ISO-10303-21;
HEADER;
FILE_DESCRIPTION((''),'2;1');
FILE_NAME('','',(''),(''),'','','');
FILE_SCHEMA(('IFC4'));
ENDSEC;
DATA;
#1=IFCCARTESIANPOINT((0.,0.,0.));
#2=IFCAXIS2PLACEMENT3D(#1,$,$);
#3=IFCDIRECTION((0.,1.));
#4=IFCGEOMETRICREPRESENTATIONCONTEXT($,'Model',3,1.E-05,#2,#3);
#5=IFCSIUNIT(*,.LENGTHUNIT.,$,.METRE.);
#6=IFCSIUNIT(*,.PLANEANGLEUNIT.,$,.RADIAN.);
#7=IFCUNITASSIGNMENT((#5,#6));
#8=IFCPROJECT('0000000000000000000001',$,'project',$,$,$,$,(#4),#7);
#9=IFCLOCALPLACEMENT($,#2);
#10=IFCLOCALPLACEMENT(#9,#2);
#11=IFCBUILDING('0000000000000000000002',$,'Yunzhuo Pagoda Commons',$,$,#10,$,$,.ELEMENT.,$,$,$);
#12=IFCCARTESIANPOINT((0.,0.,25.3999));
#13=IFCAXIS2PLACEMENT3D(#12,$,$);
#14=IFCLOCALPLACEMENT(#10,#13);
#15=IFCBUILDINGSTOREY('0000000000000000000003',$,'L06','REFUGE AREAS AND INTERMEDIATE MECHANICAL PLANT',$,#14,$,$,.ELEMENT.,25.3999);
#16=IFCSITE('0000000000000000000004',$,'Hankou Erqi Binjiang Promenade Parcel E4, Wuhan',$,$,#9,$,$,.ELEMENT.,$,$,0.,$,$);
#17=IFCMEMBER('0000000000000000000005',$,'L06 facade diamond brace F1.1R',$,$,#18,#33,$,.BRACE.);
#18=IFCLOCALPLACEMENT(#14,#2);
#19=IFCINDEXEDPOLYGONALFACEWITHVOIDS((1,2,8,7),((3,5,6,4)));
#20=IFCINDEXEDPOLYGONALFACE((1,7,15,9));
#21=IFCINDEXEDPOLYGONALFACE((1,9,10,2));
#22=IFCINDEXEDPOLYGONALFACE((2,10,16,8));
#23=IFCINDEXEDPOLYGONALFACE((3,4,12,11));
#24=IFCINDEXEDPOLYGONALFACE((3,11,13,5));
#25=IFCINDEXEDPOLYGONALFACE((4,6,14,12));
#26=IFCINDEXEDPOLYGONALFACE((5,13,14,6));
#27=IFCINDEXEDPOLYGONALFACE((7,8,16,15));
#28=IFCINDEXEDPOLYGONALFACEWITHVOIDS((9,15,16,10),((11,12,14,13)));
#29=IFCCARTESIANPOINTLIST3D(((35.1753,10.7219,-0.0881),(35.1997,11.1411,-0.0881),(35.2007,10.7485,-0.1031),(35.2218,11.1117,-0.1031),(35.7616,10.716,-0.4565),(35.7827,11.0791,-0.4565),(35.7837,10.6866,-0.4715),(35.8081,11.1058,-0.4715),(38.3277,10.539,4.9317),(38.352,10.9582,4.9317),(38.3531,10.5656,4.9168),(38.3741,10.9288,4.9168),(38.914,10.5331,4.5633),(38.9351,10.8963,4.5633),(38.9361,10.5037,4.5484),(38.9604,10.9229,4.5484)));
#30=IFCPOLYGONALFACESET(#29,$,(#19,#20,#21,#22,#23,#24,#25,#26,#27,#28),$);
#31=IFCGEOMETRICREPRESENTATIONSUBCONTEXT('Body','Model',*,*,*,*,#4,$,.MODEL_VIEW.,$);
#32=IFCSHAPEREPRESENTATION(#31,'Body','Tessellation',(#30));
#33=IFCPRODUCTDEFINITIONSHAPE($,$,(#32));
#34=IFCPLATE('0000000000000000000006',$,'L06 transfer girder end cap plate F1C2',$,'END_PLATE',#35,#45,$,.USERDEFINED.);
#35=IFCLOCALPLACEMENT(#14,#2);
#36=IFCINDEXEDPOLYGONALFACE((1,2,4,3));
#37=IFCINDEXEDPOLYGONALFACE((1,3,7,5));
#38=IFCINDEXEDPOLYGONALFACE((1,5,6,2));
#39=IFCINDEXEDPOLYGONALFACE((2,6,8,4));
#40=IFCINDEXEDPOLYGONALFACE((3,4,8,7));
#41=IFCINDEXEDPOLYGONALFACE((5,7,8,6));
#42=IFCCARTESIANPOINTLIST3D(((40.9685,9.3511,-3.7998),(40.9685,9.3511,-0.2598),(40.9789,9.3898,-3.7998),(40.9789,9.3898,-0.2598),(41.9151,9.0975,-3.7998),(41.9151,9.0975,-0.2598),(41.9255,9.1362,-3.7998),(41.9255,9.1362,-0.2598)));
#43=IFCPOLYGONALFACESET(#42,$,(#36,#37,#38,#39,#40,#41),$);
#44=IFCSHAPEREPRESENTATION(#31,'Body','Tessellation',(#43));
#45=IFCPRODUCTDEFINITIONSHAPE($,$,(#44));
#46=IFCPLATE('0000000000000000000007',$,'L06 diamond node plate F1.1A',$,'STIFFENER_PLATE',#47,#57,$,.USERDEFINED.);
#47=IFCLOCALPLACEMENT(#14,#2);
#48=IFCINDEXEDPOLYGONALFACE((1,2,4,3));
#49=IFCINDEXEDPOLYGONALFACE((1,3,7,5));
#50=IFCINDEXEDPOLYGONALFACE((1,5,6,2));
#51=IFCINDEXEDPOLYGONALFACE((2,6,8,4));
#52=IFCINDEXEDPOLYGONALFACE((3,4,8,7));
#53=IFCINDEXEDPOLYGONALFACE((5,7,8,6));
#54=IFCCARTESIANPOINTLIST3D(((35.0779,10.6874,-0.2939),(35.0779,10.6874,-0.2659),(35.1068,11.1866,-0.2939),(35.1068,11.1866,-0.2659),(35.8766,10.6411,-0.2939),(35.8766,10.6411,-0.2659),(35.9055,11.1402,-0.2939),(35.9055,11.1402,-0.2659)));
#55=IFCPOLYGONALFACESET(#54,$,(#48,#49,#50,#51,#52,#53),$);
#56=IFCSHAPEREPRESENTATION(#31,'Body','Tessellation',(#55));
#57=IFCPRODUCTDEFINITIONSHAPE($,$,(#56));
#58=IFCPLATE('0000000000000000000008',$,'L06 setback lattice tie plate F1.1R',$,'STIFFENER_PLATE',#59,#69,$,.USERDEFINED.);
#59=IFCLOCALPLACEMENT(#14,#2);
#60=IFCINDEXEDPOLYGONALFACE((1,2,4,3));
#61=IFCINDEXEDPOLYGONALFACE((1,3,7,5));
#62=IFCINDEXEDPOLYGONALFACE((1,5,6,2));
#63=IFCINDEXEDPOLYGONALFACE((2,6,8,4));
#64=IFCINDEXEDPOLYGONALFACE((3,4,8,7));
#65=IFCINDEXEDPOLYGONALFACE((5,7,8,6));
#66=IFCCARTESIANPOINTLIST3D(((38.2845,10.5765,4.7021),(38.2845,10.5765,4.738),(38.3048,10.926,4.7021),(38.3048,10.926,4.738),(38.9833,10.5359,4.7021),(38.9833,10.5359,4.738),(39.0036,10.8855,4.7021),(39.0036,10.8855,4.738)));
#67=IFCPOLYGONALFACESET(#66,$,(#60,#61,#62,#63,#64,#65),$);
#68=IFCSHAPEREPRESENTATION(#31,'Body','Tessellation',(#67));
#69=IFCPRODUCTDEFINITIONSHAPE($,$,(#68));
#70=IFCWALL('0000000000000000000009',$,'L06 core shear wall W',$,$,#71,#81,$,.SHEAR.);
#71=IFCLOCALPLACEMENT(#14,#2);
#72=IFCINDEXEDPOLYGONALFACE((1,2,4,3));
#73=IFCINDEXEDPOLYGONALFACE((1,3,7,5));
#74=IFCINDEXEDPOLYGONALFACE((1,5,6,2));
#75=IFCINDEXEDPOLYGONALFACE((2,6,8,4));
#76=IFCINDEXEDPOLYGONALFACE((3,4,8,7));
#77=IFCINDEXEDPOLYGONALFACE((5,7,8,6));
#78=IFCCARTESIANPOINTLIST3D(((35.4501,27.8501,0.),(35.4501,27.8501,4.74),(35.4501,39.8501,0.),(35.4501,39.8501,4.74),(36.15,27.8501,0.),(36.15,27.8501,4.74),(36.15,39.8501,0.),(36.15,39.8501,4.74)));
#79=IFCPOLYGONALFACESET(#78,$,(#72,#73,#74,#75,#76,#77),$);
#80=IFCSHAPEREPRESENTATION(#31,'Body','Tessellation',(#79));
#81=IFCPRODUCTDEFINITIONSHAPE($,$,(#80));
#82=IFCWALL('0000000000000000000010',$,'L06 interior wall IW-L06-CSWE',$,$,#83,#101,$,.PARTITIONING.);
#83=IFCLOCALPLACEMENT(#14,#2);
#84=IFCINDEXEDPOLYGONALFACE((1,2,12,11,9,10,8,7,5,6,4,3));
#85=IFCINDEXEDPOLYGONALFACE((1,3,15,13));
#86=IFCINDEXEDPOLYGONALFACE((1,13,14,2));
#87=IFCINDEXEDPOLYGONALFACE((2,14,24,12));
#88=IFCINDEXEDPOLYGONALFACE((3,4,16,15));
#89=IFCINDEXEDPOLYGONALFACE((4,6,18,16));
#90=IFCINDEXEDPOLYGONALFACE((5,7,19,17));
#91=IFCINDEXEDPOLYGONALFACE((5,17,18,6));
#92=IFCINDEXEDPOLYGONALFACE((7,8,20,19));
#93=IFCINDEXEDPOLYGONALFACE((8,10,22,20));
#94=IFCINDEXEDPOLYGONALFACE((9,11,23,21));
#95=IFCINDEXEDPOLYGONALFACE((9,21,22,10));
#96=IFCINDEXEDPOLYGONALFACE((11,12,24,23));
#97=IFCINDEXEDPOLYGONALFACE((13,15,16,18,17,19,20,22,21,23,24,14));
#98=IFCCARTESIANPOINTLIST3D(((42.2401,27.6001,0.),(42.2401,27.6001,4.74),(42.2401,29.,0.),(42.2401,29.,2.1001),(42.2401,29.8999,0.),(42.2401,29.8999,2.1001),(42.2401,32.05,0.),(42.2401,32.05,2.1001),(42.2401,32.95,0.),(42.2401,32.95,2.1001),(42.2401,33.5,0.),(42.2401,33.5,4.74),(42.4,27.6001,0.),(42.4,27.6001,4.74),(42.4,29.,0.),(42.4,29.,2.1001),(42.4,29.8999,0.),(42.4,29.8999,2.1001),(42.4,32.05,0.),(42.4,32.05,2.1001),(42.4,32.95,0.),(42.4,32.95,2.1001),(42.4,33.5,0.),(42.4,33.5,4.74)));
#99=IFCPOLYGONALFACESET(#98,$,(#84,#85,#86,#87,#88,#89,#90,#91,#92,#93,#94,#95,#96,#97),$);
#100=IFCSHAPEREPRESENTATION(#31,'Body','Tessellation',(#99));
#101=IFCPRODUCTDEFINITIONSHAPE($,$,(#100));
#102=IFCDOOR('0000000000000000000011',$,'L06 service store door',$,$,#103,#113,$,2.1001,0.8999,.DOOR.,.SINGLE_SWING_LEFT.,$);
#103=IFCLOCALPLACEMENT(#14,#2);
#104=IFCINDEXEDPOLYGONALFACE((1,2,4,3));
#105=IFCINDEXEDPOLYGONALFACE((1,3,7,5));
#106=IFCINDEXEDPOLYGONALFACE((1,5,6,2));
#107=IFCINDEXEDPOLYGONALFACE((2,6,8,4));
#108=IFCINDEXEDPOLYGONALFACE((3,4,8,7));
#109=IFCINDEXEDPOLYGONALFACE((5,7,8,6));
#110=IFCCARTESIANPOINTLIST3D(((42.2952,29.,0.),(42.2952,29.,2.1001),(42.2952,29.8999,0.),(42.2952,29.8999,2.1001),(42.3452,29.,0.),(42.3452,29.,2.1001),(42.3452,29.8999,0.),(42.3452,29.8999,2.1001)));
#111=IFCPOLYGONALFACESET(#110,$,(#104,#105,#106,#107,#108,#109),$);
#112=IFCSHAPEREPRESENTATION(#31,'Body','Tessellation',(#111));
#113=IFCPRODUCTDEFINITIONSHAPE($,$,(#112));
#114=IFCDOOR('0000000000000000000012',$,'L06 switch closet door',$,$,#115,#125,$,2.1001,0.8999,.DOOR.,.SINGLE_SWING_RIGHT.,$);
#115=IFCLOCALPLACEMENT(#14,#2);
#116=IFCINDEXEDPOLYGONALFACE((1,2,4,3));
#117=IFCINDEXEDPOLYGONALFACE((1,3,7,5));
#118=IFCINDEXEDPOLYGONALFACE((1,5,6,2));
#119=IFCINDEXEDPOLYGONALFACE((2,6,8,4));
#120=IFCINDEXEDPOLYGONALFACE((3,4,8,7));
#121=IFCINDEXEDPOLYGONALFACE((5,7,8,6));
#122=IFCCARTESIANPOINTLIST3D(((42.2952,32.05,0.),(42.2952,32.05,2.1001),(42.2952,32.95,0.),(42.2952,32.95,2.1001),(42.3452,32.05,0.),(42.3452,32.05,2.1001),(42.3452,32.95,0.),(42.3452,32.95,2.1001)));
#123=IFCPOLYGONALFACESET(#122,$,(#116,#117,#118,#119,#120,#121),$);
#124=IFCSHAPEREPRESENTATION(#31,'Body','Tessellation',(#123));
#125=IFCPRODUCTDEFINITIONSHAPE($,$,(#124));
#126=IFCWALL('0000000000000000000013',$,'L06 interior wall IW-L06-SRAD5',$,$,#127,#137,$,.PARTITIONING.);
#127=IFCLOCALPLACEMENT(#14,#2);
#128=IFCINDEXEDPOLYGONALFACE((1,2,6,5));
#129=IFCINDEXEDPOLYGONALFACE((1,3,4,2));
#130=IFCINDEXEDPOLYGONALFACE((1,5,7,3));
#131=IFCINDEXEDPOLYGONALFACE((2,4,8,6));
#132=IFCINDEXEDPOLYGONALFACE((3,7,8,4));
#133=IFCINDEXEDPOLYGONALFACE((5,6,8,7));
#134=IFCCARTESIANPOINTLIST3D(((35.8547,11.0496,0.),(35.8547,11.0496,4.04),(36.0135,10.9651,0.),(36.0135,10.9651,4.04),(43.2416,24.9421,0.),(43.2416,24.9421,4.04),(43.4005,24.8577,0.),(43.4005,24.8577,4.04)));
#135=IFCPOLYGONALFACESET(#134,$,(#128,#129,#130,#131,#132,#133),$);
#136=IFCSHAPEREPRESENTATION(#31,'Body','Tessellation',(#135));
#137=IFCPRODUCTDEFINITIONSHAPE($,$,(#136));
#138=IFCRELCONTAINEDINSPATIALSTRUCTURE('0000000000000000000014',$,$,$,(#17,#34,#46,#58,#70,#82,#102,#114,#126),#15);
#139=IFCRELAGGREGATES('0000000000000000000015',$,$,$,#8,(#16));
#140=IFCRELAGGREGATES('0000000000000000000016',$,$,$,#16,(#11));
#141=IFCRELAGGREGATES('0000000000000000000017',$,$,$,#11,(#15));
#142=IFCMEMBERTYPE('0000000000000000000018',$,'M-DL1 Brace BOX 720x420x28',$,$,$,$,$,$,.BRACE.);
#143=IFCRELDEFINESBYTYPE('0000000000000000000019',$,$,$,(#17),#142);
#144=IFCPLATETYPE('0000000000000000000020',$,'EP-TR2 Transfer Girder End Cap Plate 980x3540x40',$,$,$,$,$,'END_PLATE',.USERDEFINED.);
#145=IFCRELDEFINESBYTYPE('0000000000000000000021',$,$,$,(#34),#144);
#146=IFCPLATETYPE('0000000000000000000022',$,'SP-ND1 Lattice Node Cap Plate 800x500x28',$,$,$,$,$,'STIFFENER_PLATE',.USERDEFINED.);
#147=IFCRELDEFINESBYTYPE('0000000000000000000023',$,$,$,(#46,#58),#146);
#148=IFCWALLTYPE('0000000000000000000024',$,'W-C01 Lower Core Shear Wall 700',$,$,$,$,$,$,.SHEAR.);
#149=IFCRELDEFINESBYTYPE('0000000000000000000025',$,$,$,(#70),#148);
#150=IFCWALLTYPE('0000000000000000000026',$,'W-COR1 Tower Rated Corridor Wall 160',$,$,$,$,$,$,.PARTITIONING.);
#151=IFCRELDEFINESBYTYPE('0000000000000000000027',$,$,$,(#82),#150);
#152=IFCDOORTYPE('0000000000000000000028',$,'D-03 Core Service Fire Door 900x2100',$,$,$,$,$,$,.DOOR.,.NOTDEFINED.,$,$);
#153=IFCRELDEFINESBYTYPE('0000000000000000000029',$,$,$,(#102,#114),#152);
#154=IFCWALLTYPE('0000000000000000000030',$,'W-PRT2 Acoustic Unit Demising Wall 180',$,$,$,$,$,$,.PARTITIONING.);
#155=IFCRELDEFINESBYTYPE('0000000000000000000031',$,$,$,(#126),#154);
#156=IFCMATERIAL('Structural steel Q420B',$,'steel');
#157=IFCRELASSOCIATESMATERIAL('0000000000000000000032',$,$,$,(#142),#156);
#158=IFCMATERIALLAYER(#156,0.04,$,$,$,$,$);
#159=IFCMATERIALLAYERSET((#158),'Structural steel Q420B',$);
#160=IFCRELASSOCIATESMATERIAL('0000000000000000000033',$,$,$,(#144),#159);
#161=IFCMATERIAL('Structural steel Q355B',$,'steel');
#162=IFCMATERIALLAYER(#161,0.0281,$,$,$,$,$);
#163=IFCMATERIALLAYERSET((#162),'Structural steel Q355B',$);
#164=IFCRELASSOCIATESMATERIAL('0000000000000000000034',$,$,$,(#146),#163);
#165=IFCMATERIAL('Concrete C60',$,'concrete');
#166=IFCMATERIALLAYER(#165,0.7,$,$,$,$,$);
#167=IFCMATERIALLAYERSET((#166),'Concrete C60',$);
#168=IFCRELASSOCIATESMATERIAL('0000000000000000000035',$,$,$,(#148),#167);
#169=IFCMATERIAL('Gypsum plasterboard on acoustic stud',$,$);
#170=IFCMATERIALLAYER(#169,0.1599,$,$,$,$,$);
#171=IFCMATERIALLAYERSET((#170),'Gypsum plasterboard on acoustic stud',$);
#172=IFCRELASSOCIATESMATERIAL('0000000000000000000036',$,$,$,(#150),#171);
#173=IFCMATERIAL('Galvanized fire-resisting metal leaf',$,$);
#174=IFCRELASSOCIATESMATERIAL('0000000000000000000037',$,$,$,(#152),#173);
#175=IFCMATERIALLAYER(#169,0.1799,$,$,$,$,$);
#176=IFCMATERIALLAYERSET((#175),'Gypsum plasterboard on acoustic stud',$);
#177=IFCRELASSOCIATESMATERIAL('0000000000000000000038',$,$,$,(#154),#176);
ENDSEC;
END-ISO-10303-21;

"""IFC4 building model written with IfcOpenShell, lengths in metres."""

from ifc_helpers import new_model, si_unit, direction, frame, frame_2d, origin, origin_with_axes, origin_2d, place, context, subcontext, project, spatial, rectangle, hollow_rectangle, extrude, source, transform, mapped, material, layer, layer_set, material_profile, profile_set, type_object, element, fill, save


model = new_model("IFC4")

# Units and contexts
model_context = context("Model", 3, precision=1e-05, world=origin(), true_north=direction((0.0, 1.0)))
body_context = subcontext(model_context, "Body", "Model", "MODEL_VIEW")
ifc_project = project(units=[si_unit("LENGTHUNIT", "METRE"), si_unit("PLANEANGLEUNIT", "RADIAN")], contexts=[model_context])

# Site, building, storey
site_placement = place(None, origin())
site = spatial("IfcSite", under=ifc_project, at=site_placement, Name="Hankou Erqi Binjiang Promenade Parcel E4, Wuhan", CompositionType="ELEMENT", RefElevation=0.0)
building_placement = place(site_placement, origin())
building = spatial("IfcBuilding", under=site, at=building_placement, Name="Yunzhuo Pagoda Commons", CompositionType="ELEMENT")
storey_placement = place(building_placement, frame((0.0, 0.0, 25.3999)))
storey = spatial("IfcBuildingStorey", under=building, at=storey_placement, Name="L06", Description="REFUGE AREAS AND INTERMEDIATE MECHANICAL PLANT", CompositionType="ELEMENT", Elevation=25.3999)

# Shared definitions
ifc_material_1 = material(Name="Structural steel Q420B", Category="steel")

# Shared definitions
ifc_material_2 = material(Name="Structural steel Q355B", Category="steel")

# Member
ifc_material_profile_1 = material_profile(ifc_material_1, hollow_rectangle(XDim=0.4199, YDim=0.72, WallThickness=0.0281, at=origin_2d()), Name="Structural steel Q420B")
ifc_profile_set_1 = profile_set([ifc_material_profile_1], Name="Structural steel Q420B")
member_type = type_object("IfcMemberType", Name="M-DL1 Brace BOX 720x420x28", PredefinedType="BRACE", material=ifc_profile_set_1)
shared_shape_1 = source(origin(), body_context, "Body", "SweptSolid", [
    extrude(hollow_rectangle(XDim=0.4199, YDim=0.72, WallThickness=0.0281, at=origin_2d()), origin(), (0.0, 0.0, 1.0), 5.9304),
])
member_placement = place(storey_placement, frame((35.4917, 10.9138, -0.2798), z_axis=(0.531563, -0.030835, 0.846458), x_axis=(0.057911, 0.998322, 0.0)))
element("IfcMember", 1, at=member_placement, inside=storey, type_object=member_type, Name="L06 facade diamond brace F1.1R", PredefinedType="BRACE", context=body_context, shape_type="MappedRepresentation", body=[
    mapped(shared_shape_1, transform((0.0, 0.0, 0.0), scale=1.0)),
])

# Plates
ifc_layer_1 = layer(ifc_material_1, 0.04)
ifc_layer_set_1 = layer_set([ifc_layer_1], Name="Structural steel Q420B")
plate_type_1 = type_object("IfcPlateType", Name="EP-TR2 Transfer Girder End Cap Plate 980x3540x40", ElementType="END_PLATE", PredefinedType="USERDEFINED", material=ifc_layer_set_1)
shared_shape_2 = source(origin(), body_context, "Body", "SweptSolid", [
    extrude(rectangle(XDim=0.98, YDim=0.04, at=origin_2d()), origin(), (0.0, 0.0, 1.0), 3.54),
])
plate_1_placement = place(storey_placement, frame((41.447, 9.2437, -3.7998), z_axis=(0.0, 0.0, 1.0), x_axis=(0.965926, -0.258819, 0.0)))
element("IfcPlate", 2, at=plate_1_placement, inside=storey, type_object=plate_type_1, Name="L06 transfer girder end cap plate F1C2", ObjectType="END_PLATE", PredefinedType="USERDEFINED", context=body_context, shape_type="MappedRepresentation", body=[
    mapped(shared_shape_2, transform((0.0, 0.0, 0.0), scale=1.0)),
])
ifc_layer_2 = layer(ifc_material_2, 0.0281)
ifc_layer_set_2 = layer_set([ifc_layer_2], Name="Structural steel Q355B")
plate_type_2 = type_object("IfcPlateType", Name="SP-ND1 Lattice Node Cap Plate 800x500x28", ElementType="STIFFENER_PLATE", PredefinedType="USERDEFINED", material=ifc_layer_set_2)
shared_shape_3 = source(origin(), body_context, "Body", "SweptSolid", [
    extrude(rectangle(XDim=0.8, YDim=0.5, at=origin_2d()), origin(), (0.0, 0.0, 1.0), 0.0281),
])
plate_2_placement = place(storey_placement, frame((35.4917, 10.9138, -0.2939), z_axis=(0.0, 0.0, 1.0), x_axis=(0.998323, -0.057895, 0.0)))
element("IfcPlate", 3, at=plate_2_placement, inside=storey, type_object=plate_type_2, Name="L06 diamond node plate F1.1A", ObjectType="STIFFENER_PLATE", PredefinedType="USERDEFINED", context=body_context, shape_type="MappedRepresentation", body=[
    mapped(shared_shape_3, transform((0.0, 0.0, 0.0), scale=1.0)),
])
shared_shape_4 = source(origin(), body_context, "Body", "SweptSolid", [
    extrude(rectangle(XDim=0.7, YDim=0.3501, at=origin_2d()), origin(), (0.0, 0.0, 1.0), 0.0359),
])
plate_3_placement = place(storey_placement, frame((38.644, 10.731, 4.7021), z_axis=(0.0, 0.0, 1.0), x_axis=(0.998323, -0.057895, 0.0)))
element("IfcPlate", 4, at=plate_3_placement, inside=storey, type_object=plate_type_2, Name="L06 setback lattice tie plate F1.1R", ObjectType="STIFFENER_PLATE", PredefinedType="USERDEFINED", context=body_context, shape_type="MappedRepresentation", body=[
    mapped(shared_shape_4, transform((0.0, 0.0, 0.0), scale=1.0)),
])

# Wall
ifc_material_3 = material(Name="Concrete C60", Category="concrete")
ifc_layer_3 = layer(ifc_material_3, 0.7)
ifc_layer_set_3 = layer_set([ifc_layer_3], Name="Concrete C60")
wall_type_1 = type_object("IfcWallType", Name="W-C01 Lower Core Shear Wall 700", PredefinedType="SHEAR", material=ifc_layer_set_3)
wall_1_placement = place(storey_placement, frame((35.8, 27.8501, 0.0), z_axis=(0.0, 0.0, 1.0), x_axis=(0.0, 1.0, 0.0)))
element("IfcWall", 5, at=wall_1_placement, inside=storey, type_object=wall_type_1, Name="L06 core shear wall W", PredefinedType="SHEAR", context=body_context, shape_type="SweptSolid", body=[
    extrude(rectangle(XDim=12.0, YDim=0.7, at=frame_2d((6.0, 0.0))), origin(), (0.0, 0.0, 1.0), 4.74),
])

# Wall, openings, doors
ifc_material_4 = material(Name="Gypsum plasterboard on acoustic stud")
ifc_layer_4 = layer(ifc_material_4, 0.1599)
ifc_layer_set_4 = layer_set([ifc_layer_4], Name="Gypsum plasterboard on acoustic stud")
wall_type_2 = type_object("IfcWallType", Name="W-COR1 Tower Rated Corridor Wall 160", PredefinedType="PARTITIONING", material=ifc_layer_set_4)
wall_2_placement = place(storey_placement, frame((42.3201, 27.6001, 0.0), z_axis=(0.0, 0.0, 1.0), x_axis=(0.0, 1.0, 0.0)))
wall_2 = element("IfcWall", 6, at=wall_2_placement, inside=storey, type_object=wall_type_2, Name="L06 interior wall IW-L06-CSWE", PredefinedType="PARTITIONING", context=body_context, shape_type="SweptSolid", body=[
    extrude(rectangle(XDim=5.8999, YDim=0.1599, at=frame_2d((2.95, 0.0))), origin(), (0.0, 0.0, 1.0), 4.74),
])
opening_1_placement = place(wall_2_placement, frame((1.3999, 0.0, 0.0)))
opening_1 = element("IfcOpeningElement", 7, at=opening_1_placement, cuts=wall_2, PredefinedType="OPENING", context=body_context, shape_type="SweptSolid", body=[
    extrude(rectangle(XDim=0.8999, YDim=2.1001, at=frame_2d((0.45, 1.05))), frame((0.0, 0.0898, 0.0), z_axis=(0.0, -1.0, 0.0), x_axis=(1.0, 0.0, 0.0)), (0.0, 0.0, 1.0), 0.1799),
])
opening_2_placement = place(wall_2_placement, frame((4.45, 0.0, 0.0)))
opening_2 = element("IfcOpeningElement", 8, at=opening_2_placement, cuts=wall_2, PredefinedType="OPENING", context=body_context, shape_type="SweptSolid", body=[
    extrude(rectangle(XDim=0.8999, YDim=2.1001, at=frame_2d((0.45, 1.05))), frame((0.0, 0.0898, 0.0), z_axis=(0.0, -1.0, 0.0), x_axis=(1.0, 0.0, 0.0)), (0.0, 0.0, 1.0), 0.1799),
])
ifc_material_5 = material(Name="Galvanized fire-resisting metal leaf")
door_type_1 = type_object("IfcDoorType", Name="D-03 Core Service Fire Door 900x2100", OperationType="NOTDEFINED", PredefinedType="DOOR", material=ifc_material_5)
shared_shape_5 = source(origin(), body_context, "Body", "SweptSolid", [
    extrude(rectangle(XDim=0.8999, YDim=2.1001, at=frame_2d((0.45, 1.05))), frame((0.0, 0.0249, 0.0), z_axis=(0.0, -1.0, 0.0), x_axis=(1.0, 0.0, 0.0)), (0.0, 0.0, 1.0), 0.05),
])
door_1_placement = place(opening_1_placement, origin_with_axes())
door_1 = element("IfcDoor", 9, at=door_1_placement, inside=storey, type_object=door_type_1, Name="L06 service store door", OperationType="SINGLE_SWING_LEFT", OverallHeight=2.1001, OverallWidth=0.8999, PredefinedType="DOOR", context=body_context, shape_type="MappedRepresentation", body=[
    mapped(shared_shape_5, transform((0.0, 0.0, 0.0), scale=1.0)),
])
fill(opening_1, door_1)
door_2_placement = place(opening_2_placement, origin_with_axes())
door_2 = element("IfcDoor", 10, at=door_2_placement, inside=storey, type_object=door_type_1, Name="L06 switch closet door", OperationType="SINGLE_SWING_RIGHT", OverallHeight=2.1001, OverallWidth=0.8999, PredefinedType="DOOR", context=body_context, shape_type="MappedRepresentation", body=[
    mapped(shared_shape_5, transform((0.0, 0.0, 0.0), scale=1.0)),
])
fill(opening_2, door_2)

# Wall
ifc_layer_5 = layer(ifc_material_4, 0.1799)
ifc_layer_set_5 = layer_set([ifc_layer_5], Name="Gypsum plasterboard on acoustic stud")
wall_type_3 = type_object("IfcWallType", Name="W-PRT2 Acoustic Unit Demising Wall 180", PredefinedType="PARTITIONING", material=ifc_layer_set_5)
wall_3_placement = place(storey_placement, frame((43.321, 24.8999, 0.0), z_axis=(0.0, 0.0, 1.0), x_axis=(-0.469479, -0.882944, 0.0)))
element("IfcWall", 11, at=wall_3_placement, inside=storey, type_object=wall_type_3, Name="L06 interior wall IW-L06-SRAD5", PredefinedType="PARTITIONING", context=body_context, shape_type="SweptSolid", body=[
    extrude(rectangle(XDim=15.7344, YDim=0.1799, at=frame_2d((7.8672, 0.0))), origin(), (0.0, 0.0, 1.0), 4.04),
])

save(model, "model.ifc")
